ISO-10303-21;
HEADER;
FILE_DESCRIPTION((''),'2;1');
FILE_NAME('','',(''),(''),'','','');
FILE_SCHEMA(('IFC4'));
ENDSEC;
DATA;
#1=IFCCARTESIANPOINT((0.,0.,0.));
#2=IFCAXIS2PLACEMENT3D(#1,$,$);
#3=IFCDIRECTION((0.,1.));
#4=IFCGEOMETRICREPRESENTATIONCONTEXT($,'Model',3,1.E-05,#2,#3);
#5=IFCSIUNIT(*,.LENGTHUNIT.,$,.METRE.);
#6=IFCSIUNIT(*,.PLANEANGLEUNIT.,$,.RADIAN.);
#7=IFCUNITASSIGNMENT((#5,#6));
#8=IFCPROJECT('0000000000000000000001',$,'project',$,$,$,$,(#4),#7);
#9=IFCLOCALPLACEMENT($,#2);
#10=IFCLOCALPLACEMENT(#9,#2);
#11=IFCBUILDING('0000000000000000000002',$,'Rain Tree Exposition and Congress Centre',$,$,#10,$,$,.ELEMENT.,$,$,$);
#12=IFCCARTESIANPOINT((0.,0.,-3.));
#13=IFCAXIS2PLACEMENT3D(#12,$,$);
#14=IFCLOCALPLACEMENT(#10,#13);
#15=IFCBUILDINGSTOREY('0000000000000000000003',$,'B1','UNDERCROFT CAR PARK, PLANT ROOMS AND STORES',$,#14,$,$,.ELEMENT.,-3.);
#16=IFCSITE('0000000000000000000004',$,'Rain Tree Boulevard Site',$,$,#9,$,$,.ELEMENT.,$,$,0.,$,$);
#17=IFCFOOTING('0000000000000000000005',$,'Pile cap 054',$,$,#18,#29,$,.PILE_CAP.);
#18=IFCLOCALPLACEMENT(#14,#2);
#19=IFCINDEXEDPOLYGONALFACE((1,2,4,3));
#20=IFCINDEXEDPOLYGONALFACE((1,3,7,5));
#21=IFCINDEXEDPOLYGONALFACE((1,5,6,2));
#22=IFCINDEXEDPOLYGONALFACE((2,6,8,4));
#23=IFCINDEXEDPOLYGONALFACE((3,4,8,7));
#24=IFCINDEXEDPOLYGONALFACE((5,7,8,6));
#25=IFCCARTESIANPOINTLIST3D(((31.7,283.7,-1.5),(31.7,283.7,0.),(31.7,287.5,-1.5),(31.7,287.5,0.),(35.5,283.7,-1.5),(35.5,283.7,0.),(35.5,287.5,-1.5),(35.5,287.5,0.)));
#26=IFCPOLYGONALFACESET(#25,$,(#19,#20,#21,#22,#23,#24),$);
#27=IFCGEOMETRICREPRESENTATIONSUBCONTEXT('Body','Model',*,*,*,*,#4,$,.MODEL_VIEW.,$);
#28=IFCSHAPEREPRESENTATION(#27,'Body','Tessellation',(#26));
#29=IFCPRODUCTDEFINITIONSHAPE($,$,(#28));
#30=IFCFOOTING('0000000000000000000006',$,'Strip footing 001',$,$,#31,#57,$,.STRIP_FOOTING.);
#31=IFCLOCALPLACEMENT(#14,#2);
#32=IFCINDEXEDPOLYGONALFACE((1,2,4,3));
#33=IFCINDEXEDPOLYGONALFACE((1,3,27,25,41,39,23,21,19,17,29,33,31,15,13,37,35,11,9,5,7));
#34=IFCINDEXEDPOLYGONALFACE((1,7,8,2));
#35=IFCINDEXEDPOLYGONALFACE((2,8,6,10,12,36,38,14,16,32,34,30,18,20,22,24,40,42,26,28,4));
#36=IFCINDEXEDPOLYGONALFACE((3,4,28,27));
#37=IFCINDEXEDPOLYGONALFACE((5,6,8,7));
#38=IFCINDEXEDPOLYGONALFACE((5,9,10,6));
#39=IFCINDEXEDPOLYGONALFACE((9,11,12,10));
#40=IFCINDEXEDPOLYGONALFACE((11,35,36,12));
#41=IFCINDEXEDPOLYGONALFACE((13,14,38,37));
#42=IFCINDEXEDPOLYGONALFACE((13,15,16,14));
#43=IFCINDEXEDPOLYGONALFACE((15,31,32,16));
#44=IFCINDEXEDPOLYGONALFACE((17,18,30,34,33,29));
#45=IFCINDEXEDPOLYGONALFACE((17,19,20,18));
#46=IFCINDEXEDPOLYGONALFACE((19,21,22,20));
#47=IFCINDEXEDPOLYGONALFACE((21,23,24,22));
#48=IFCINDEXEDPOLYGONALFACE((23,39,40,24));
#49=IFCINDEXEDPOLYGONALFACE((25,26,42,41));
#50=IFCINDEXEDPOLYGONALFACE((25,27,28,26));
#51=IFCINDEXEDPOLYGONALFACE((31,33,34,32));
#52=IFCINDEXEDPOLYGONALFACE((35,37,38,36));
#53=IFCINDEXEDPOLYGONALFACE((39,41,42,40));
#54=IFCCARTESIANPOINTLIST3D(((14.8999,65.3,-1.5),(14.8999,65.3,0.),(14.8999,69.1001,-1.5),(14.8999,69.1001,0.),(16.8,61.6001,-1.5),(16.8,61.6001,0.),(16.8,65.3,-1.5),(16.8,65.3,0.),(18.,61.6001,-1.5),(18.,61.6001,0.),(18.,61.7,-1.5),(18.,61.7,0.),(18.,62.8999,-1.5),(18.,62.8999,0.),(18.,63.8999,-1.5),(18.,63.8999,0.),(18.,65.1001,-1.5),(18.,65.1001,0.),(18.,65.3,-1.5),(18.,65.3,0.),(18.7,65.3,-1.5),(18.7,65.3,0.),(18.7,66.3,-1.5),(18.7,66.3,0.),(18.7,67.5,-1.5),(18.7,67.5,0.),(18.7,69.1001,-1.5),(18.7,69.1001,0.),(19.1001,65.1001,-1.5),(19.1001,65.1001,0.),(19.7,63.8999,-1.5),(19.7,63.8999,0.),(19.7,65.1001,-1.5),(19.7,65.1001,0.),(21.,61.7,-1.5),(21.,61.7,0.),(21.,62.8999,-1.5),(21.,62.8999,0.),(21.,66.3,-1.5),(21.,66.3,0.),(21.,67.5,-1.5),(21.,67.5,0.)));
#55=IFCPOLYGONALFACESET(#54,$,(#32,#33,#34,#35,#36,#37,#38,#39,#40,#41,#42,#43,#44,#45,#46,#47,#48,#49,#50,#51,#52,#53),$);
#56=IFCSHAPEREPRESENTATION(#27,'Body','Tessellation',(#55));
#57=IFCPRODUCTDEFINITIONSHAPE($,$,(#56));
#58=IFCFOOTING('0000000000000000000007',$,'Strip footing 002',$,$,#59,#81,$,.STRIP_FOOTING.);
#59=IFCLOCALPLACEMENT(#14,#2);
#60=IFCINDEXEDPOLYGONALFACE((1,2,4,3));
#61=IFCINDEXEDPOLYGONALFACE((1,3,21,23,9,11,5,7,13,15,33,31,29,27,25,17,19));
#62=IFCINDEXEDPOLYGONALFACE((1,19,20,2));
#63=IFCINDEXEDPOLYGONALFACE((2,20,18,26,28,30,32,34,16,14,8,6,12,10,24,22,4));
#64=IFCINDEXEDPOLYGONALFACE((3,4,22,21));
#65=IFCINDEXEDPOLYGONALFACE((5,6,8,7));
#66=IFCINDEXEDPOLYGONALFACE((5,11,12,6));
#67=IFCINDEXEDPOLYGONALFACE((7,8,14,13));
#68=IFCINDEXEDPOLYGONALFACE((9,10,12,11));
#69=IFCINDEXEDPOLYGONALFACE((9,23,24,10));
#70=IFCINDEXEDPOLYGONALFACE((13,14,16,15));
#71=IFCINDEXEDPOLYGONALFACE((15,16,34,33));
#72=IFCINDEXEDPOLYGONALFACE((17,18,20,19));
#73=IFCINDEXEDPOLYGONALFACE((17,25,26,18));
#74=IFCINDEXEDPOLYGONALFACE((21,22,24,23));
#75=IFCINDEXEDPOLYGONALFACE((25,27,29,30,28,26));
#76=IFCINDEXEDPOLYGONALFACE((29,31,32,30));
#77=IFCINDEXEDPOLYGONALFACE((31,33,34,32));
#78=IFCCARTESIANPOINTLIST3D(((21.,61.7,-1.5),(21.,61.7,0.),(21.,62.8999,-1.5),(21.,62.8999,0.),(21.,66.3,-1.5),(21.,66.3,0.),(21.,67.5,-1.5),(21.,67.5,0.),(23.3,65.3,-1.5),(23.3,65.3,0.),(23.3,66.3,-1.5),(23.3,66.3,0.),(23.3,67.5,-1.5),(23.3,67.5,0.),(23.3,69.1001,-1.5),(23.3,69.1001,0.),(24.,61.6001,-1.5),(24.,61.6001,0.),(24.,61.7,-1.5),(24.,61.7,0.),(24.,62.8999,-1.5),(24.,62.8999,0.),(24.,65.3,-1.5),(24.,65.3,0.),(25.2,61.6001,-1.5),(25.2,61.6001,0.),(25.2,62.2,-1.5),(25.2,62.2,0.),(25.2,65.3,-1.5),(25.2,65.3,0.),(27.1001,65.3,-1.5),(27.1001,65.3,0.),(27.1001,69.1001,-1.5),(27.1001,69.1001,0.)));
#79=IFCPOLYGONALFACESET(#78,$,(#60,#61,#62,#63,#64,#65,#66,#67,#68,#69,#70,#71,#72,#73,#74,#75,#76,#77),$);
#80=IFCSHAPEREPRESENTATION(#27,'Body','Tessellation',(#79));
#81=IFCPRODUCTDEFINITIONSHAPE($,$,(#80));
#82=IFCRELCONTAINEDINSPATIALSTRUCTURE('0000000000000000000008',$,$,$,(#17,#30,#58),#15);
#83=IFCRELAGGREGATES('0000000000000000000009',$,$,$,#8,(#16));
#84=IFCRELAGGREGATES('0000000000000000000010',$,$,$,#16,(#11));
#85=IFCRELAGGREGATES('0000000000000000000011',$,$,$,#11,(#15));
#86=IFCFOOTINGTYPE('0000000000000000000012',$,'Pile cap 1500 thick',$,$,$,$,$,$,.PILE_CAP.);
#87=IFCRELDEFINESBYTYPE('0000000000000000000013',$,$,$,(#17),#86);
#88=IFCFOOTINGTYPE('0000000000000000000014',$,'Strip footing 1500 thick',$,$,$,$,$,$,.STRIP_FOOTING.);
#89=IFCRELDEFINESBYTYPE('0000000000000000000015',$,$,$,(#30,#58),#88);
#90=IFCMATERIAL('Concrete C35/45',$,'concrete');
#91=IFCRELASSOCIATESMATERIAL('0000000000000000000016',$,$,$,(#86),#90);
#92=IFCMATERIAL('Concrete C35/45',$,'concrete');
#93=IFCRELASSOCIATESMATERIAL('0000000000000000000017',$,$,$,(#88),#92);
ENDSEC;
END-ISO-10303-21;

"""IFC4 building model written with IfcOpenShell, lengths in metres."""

from ifc_helpers import new_model, si_unit, direction, frame, origin, place, context, subcontext, project, spatial, polyline, outline, extrude, material, type_object, element, save


model = new_model("IFC4")

# Units and contexts
model_context = context("Model", 3, precision=1e-05, world=origin(), true_north=direction((0.0, 1.0)))
body_context = subcontext(model_context, "Body", "Model", "MODEL_VIEW")
ifc_project = project(units=[si_unit("LENGTHUNIT", "METRE"), si_unit("PLANEANGLEUNIT", "RADIAN")], contexts=[model_context])

# Site, building, storey
site_placement = place(None, origin())
site = spatial("IfcSite", under=ifc_project, at=site_placement, Name="Rain Tree Boulevard Site", CompositionType="ELEMENT", RefElevation=0.0)
building_placement = place(site_placement, origin())
building = spatial("IfcBuilding", under=site, at=building_placement, Name="Rain Tree Exposition and Congress Centre", CompositionType="ELEMENT")
storey_placement = place(building_placement, frame((0.0, 0.0, -3.0)))
storey = spatial("IfcBuildingStorey", under=building, at=storey_placement, Name="B1", Description="UNDERCROFT CAR PARK, PLANT ROOMS AND STORES", CompositionType="ELEMENT", Elevation=-3.0)

# Footings
ifc_material_1 = material(Name="Concrete C35/45", Category="concrete")
footing_type_1 = type_object("IfcFootingType", Name="Pile cap 1500 thick", PredefinedType="PILE_CAP", material=ifc_material_1)
footing_1_placement = place(storey_placement, frame((0.0, 0.0, -1.5)))
element("IfcFooting", 1, at=footing_1_placement, inside=storey, type_object=footing_type_1, Name="Pile cap 054", PredefinedType="PILE_CAP", context=body_context, shape_type="SweptSolid", body=[
    extrude(outline(polyline([(35.5, 283.7), (35.5, 287.5), (31.7, 287.5), (31.7, 283.7), (35.5, 283.7)])), origin(), (0.0, 0.0, 1.0), 1.5),
])
ifc_material_2 = material(Name="Concrete C35/45", Category="concrete")
footing_type_2 = type_object("IfcFootingType", Name="Strip footing 1500 thick", PredefinedType="STRIP_FOOTING", material=ifc_material_2)
footing_2_placement = place(storey_placement, frame((0.0, 0.0, -1.5)))
element("IfcFooting", 2, at=footing_2_placement, inside=storey, type_object=footing_type_2, Name="Strip footing 001", PredefinedType="STRIP_FOOTING", context=body_context, shape_type="SweptSolid", body=[
    extrude(outline(polyline([(18.0, 61.6001), (18.0, 61.7), (21.0, 61.7), (21.0, 62.8999), (18.0, 62.8999), (18.0, 63.8999), (19.7, 63.8999), (19.7, 65.1001), (19.1001, 65.1001), (18.0, 65.1001), (18.0, 65.3), (18.7, 65.3), (18.7, 66.3), (21.0, 66.3), (21.0, 67.5), (18.7, 67.5), (18.7, 69.1001), (14.8999, 69.1001), (14.8999, 65.3), (16.8, 65.3), (16.8, 61.6001), (18.0, 61.6001)])), origin(), (0.0, 0.0, 1.0), 1.5),
])
footing_3_placement = place(storey_placement, frame((0.0, 0.0, -1.5)))
element("IfcFooting", 3, at=footing_3_placement, inside=storey, type_object=footing_type_2, Name="Strip footing 002", PredefinedType="STRIP_FOOTING", context=body_context, shape_type="SweptSolid", body=[
    extrude(outline(polyline([(23.3, 67.5), (21.0, 67.5), (21.0, 66.3), (23.3, 66.3), (23.3, 65.3), (24.0, 65.3), (24.0, 62.8999), (21.0, 62.8999), (21.0, 61.7), (24.0, 61.7), (24.0, 61.6001), (25.2, 61.6001), (25.2, 62.2), (25.2, 65.3), (27.1001, 65.3), (27.1001, 69.1001), (23.3, 69.1001), (23.3, 67.5)])), origin(), (0.0, 0.0, 1.0), 1.5),
])

save(model, "model.ifc")
